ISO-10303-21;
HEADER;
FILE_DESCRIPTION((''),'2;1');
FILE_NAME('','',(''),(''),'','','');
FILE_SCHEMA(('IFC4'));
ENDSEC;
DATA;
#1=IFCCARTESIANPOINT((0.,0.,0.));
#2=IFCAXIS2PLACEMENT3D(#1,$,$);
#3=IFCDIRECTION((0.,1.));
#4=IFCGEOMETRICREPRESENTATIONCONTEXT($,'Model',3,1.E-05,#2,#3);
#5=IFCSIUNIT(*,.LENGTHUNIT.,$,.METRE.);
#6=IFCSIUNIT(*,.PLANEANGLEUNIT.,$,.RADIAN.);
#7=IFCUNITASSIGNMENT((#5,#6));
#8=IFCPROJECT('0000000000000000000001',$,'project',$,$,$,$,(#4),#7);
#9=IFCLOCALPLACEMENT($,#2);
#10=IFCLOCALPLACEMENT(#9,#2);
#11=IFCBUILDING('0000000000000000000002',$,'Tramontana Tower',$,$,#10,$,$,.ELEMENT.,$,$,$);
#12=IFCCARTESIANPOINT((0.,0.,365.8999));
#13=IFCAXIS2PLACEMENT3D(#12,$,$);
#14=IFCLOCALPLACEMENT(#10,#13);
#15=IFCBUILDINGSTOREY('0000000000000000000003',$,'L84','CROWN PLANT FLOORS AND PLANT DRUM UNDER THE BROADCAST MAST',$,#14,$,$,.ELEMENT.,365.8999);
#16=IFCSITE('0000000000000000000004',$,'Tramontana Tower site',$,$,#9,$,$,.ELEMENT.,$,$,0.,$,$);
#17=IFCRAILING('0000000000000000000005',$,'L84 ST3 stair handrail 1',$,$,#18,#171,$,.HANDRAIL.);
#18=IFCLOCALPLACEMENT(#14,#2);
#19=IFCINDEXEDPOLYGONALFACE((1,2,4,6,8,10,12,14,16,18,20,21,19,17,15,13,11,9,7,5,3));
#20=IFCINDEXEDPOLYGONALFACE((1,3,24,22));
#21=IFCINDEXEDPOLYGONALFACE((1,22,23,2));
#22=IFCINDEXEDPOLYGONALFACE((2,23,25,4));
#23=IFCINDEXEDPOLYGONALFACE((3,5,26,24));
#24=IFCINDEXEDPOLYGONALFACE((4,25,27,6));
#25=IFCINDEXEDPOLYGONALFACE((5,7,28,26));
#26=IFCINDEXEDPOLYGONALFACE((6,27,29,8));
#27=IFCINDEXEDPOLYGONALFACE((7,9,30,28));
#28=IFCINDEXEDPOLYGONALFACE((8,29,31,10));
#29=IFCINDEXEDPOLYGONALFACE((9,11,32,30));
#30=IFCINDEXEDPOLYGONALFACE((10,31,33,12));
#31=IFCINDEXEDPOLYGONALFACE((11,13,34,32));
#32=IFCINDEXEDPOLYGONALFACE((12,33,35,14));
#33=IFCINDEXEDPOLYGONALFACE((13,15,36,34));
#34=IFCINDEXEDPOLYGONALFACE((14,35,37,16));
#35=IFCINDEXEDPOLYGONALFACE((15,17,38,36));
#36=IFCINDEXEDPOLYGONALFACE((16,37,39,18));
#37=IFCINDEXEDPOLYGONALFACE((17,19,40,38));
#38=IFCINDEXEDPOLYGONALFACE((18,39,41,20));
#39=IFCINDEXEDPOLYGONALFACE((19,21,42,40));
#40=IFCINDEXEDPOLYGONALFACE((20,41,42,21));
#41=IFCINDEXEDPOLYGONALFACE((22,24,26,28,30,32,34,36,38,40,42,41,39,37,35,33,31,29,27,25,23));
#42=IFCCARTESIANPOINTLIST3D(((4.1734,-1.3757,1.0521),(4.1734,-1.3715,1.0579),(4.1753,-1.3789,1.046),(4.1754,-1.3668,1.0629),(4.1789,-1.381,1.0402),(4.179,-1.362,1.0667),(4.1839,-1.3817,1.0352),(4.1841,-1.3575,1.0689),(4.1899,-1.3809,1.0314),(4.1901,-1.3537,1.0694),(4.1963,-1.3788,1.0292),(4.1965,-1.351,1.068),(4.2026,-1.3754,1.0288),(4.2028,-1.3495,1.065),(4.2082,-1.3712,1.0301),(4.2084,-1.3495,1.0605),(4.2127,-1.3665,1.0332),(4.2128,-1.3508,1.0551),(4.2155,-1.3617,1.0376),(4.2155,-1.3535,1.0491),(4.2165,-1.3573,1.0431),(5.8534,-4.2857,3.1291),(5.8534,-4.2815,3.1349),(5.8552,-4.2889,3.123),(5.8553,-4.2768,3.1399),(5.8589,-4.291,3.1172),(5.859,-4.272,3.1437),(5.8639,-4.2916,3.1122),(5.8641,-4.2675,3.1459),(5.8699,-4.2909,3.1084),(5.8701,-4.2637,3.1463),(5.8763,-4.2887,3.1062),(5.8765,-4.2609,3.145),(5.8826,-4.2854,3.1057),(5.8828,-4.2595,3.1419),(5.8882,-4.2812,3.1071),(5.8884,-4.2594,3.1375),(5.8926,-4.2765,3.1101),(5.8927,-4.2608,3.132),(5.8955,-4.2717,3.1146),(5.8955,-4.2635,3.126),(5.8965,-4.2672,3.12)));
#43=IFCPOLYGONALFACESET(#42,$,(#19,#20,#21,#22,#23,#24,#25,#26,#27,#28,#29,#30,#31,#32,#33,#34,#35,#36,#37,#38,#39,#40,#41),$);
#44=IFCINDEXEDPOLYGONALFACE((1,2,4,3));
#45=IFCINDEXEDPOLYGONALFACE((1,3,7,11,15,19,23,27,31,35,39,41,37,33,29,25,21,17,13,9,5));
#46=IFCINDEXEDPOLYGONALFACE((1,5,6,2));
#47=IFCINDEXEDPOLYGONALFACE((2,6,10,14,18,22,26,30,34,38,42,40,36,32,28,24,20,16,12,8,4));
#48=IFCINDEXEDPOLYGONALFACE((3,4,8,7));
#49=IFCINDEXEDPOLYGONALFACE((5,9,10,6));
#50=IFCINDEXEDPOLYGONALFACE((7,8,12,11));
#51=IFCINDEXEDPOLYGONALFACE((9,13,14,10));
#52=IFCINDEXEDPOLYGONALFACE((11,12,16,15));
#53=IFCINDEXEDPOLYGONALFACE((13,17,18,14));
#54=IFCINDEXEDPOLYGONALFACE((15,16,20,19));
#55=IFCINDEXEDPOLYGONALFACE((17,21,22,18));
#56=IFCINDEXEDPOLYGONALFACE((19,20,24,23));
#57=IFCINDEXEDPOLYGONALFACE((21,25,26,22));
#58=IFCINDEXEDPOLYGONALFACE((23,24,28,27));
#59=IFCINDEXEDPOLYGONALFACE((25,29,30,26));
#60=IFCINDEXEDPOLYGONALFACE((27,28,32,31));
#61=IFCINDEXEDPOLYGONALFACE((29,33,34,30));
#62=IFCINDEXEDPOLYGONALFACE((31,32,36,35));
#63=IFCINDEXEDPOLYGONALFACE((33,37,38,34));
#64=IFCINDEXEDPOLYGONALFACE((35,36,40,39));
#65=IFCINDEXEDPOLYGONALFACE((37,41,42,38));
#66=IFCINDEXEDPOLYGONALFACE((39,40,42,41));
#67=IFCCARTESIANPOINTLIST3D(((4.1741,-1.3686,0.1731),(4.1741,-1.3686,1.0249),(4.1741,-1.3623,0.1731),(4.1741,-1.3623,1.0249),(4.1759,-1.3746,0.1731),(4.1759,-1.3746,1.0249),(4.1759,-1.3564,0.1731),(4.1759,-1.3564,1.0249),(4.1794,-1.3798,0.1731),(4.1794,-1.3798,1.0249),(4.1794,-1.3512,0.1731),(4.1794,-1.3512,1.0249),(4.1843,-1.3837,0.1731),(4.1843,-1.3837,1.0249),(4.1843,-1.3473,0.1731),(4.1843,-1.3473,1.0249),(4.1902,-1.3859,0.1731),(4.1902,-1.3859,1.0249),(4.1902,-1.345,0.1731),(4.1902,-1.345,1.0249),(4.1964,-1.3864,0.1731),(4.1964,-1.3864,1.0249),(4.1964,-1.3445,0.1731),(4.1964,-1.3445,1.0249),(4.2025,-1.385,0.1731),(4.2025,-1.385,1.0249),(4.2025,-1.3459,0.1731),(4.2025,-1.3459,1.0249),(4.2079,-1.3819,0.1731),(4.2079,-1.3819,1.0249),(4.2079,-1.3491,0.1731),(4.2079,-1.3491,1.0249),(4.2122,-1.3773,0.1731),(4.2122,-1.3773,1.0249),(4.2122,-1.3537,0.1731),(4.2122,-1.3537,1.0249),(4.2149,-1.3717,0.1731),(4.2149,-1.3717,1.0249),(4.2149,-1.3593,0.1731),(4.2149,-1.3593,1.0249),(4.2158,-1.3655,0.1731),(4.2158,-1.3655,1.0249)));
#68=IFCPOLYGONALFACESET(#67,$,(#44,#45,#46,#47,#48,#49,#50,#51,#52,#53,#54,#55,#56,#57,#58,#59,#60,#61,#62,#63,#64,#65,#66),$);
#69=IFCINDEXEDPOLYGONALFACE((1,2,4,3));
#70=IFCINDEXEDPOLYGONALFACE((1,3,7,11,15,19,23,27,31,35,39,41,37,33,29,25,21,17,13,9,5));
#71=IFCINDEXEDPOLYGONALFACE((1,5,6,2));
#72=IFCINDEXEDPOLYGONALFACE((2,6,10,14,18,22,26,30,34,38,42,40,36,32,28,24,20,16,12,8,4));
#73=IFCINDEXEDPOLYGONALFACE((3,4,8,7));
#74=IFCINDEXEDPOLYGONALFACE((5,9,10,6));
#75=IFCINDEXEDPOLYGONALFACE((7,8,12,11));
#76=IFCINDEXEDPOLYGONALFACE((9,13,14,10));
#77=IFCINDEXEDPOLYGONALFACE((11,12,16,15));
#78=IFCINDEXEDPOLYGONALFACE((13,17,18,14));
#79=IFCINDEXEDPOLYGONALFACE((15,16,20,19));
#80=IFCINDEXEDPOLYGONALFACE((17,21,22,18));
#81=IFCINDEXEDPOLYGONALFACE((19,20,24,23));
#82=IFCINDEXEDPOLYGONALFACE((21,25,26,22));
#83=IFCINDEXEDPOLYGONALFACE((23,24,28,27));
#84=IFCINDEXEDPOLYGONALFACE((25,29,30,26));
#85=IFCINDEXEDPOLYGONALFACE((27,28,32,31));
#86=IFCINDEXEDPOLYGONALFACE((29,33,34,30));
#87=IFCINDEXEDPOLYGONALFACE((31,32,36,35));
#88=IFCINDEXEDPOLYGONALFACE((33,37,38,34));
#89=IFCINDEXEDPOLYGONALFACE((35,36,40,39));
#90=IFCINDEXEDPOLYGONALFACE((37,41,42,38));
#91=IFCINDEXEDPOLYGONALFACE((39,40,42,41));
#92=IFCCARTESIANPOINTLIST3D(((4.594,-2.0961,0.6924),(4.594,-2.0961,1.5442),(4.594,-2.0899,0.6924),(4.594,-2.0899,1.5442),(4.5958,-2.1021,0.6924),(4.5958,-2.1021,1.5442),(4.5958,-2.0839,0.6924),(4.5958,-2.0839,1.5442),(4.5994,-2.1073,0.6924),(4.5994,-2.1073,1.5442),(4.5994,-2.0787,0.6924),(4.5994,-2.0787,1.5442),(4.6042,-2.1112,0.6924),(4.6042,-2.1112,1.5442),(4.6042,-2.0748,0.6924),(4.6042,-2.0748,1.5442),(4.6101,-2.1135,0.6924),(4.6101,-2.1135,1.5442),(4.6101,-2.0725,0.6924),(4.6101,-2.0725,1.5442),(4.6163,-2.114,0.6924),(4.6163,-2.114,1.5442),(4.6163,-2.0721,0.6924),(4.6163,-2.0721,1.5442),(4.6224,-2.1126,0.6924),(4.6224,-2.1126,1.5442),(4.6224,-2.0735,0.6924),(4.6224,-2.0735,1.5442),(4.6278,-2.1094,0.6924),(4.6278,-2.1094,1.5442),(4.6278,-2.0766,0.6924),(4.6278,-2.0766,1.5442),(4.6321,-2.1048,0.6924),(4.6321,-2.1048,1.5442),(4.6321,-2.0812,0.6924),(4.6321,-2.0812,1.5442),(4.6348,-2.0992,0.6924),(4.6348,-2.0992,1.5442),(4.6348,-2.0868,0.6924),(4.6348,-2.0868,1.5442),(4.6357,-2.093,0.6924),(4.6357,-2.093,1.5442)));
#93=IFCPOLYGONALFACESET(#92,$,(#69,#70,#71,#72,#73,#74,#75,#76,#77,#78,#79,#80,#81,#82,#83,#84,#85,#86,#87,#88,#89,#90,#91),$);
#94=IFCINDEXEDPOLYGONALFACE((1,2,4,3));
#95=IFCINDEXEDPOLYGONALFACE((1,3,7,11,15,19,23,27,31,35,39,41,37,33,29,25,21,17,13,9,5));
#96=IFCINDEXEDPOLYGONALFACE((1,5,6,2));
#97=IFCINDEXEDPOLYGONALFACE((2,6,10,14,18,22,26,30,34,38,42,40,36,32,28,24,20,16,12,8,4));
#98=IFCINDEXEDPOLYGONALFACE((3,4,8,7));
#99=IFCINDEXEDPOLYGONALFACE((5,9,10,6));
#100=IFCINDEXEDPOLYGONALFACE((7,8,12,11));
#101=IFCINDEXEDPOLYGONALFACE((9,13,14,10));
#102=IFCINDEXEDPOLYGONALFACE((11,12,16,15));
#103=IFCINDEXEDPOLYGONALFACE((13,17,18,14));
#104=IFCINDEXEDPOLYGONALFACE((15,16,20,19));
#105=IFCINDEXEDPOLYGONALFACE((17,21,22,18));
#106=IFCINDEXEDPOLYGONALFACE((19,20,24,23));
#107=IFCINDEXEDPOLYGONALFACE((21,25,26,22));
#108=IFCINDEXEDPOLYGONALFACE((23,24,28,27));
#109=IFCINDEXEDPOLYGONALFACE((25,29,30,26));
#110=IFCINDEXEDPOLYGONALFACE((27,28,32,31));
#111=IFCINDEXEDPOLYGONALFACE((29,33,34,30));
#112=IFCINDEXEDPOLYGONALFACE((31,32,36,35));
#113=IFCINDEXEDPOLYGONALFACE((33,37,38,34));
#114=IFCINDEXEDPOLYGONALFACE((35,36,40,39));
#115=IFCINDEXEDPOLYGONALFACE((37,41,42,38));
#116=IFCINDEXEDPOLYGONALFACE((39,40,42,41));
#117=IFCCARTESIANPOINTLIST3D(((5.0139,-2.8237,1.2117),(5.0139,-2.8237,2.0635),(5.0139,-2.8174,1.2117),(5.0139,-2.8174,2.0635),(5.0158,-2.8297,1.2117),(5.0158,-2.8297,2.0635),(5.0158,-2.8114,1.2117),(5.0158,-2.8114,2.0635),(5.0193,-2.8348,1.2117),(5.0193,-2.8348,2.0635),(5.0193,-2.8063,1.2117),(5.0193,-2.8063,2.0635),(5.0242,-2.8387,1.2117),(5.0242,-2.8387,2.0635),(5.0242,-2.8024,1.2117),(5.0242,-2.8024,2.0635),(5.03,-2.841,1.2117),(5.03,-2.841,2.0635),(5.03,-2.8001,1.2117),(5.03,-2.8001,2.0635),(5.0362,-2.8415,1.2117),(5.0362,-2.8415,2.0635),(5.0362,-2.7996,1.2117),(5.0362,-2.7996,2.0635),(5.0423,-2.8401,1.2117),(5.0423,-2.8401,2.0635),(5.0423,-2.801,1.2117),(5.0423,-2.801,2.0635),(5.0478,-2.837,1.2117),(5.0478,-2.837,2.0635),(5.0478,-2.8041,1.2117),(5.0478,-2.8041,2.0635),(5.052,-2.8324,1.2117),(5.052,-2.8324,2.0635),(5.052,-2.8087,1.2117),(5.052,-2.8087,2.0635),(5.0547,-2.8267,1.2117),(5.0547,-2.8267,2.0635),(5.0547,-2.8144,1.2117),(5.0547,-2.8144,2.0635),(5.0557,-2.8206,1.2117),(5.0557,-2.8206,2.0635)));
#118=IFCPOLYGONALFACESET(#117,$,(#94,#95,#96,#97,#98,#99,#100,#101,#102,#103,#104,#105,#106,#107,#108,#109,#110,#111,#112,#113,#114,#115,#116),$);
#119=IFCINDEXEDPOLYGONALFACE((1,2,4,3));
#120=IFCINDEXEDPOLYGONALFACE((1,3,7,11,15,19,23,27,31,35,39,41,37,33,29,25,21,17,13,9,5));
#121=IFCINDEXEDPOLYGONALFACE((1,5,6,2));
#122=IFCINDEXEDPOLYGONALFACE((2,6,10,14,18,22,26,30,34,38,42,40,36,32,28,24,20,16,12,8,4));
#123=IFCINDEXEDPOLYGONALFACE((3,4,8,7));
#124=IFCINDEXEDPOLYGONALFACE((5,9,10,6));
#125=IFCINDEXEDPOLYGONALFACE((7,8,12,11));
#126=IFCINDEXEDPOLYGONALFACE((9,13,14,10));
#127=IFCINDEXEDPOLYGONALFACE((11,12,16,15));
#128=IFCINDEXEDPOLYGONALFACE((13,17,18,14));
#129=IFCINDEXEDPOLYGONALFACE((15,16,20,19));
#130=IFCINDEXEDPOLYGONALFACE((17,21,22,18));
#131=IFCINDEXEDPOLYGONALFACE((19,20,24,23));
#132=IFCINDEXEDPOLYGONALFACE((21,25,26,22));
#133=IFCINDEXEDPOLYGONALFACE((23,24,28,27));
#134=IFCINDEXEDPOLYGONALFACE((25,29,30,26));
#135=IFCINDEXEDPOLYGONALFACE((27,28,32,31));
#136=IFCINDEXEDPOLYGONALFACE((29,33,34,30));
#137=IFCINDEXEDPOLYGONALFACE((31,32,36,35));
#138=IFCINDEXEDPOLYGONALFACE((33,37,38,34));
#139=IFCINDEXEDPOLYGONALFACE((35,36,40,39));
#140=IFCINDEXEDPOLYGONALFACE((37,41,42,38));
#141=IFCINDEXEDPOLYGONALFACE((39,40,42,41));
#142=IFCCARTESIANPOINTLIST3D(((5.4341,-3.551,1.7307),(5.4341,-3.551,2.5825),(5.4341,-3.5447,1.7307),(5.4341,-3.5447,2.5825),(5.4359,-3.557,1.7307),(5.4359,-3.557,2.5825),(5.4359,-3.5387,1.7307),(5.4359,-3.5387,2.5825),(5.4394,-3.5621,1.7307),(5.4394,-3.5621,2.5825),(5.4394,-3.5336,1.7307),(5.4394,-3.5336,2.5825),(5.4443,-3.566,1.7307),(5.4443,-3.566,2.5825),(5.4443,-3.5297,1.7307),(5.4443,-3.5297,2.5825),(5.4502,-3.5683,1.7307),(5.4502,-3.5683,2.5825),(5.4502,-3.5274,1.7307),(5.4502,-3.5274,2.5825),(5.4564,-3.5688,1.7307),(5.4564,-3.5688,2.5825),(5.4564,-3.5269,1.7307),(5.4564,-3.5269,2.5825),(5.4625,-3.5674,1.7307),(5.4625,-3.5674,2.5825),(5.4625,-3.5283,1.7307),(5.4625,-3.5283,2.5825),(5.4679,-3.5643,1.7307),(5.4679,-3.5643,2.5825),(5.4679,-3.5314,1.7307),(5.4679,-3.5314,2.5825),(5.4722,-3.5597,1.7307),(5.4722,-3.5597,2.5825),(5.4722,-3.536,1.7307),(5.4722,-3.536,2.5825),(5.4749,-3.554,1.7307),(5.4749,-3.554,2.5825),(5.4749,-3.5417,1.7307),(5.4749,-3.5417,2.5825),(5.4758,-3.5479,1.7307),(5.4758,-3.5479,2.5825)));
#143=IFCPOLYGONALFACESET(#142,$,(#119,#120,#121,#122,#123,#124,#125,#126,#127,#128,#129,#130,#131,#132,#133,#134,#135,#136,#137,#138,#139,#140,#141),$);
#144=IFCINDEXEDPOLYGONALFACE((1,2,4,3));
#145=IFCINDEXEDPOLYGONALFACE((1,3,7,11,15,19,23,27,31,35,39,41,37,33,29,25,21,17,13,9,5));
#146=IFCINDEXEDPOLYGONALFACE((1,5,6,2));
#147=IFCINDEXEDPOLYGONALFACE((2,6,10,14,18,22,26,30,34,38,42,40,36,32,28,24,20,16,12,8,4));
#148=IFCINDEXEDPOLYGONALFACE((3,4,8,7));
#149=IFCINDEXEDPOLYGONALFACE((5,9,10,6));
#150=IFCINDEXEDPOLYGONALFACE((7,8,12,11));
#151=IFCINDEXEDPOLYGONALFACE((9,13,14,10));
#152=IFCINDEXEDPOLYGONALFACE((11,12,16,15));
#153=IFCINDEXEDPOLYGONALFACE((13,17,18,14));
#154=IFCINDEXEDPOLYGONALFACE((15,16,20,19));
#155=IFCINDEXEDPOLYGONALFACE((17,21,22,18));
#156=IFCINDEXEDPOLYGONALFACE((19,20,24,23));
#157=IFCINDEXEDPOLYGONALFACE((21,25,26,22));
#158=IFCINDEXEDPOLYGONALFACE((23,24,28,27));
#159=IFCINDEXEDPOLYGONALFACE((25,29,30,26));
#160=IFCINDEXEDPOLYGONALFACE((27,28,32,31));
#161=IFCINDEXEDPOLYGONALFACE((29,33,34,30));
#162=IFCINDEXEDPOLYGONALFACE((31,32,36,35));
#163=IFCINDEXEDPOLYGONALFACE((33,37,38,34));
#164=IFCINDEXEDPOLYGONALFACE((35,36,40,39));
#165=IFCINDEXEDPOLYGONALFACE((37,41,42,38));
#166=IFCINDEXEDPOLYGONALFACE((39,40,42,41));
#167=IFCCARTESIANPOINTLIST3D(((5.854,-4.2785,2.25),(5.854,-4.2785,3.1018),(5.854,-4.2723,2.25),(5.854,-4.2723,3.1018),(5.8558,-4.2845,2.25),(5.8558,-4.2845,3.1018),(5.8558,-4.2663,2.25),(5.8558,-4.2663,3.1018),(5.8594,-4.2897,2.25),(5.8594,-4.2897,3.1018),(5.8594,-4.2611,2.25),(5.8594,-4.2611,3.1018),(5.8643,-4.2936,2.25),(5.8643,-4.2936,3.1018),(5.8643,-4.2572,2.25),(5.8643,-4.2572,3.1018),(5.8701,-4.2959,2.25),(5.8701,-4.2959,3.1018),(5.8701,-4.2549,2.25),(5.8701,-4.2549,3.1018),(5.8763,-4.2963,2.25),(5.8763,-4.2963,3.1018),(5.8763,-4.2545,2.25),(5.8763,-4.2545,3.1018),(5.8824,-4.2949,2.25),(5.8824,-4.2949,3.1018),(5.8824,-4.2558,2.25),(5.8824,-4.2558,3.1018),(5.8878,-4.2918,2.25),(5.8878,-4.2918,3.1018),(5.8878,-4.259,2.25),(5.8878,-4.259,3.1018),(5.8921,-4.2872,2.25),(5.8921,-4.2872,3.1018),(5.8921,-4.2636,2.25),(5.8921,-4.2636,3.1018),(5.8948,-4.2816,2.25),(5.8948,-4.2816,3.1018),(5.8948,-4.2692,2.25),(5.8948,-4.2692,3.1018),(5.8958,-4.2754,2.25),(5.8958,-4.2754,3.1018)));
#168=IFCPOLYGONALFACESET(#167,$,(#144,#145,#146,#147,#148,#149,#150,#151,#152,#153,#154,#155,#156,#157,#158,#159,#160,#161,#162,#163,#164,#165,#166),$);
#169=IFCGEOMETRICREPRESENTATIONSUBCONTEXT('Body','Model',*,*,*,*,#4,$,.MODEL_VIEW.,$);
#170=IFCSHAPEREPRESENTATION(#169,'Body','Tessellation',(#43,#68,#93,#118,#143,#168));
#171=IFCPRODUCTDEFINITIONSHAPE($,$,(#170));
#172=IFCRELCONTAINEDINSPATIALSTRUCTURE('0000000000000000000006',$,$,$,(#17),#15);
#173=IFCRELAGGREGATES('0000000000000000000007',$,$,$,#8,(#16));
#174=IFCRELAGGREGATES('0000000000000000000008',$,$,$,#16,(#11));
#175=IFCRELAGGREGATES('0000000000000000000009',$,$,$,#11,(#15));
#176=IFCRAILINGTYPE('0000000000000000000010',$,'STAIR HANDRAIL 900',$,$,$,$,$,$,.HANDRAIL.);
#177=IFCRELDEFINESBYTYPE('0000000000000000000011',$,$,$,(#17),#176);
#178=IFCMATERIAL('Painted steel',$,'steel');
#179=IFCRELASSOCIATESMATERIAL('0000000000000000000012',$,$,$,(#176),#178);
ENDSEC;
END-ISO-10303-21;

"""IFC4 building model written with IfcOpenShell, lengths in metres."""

from ifc_helpers import new_model, si_unit, direction, frame, origin, origin_2d, place, context, subcontext, project, spatial, circle, extrude, material, type_object, element, save


model = new_model("IFC4")

# Units and contexts
model_context = context("Model", 3, precision=1e-05, world=origin(), true_north=direction((0.0, 1.0)))
body_context = subcontext(model_context, "Body", "Model", "MODEL_VIEW")
ifc_project = project(units=[si_unit("LENGTHUNIT", "METRE"), si_unit("PLANEANGLEUNIT", "RADIAN")], contexts=[model_context])

# Site, building, storey
site_placement = place(None, origin())
site = spatial("IfcSite", under=ifc_project, at=site_placement, Name="Tramontana Tower site", CompositionType="ELEMENT", RefElevation=0.0)
building_placement = place(site_placement, origin())
building = spatial("IfcBuilding", under=site, at=building_placement, Name="Tramontana Tower", CompositionType="ELEMENT")
storey_placement = place(building_placement, frame((0.0, 0.0, 365.8999)))
storey = spatial("IfcBuildingStorey", under=building, at=storey_placement, Name="L84", Description="CROWN PLANT FLOORS AND PLANT DRUM UNDER THE BROADCAST MAST", CompositionType="ELEMENT", Elevation=365.8999)

# Railing
ifc_material_1 = material(Name="Painted steel", Category="steel")
railing_type_1 = type_object("IfcRailingType", Name="STAIR HANDRAIL 900", PredefinedType="HANDRAIL", material=ifc_material_1)
railing_1_placement = place(storey_placement, frame((4.1948, -1.3655, 0.1731)))
element("IfcRailing", 1, at=railing_1_placement, inside=storey, type_object=railing_type_1, Name="L84 ST3 stair handrail 1", PredefinedType="HANDRAIL", context=body_context, shape_type="SweptSolid", body=[
    extrude(circle(Radius=0.0239, at=origin_2d()), frame((0.0, 0.0, 0.876), z_axis=(0.425288, -0.736668, 0.525785), x_axis=(0.866039, 0.499976, 0.0)), (0.0, 0.0, 1.0), 3.9502),
    extrude(circle(Radius=0.021, at=origin_2d()), origin(), (0.0, 0.0, 1.0), 0.8518),
    extrude(circle(Radius=0.021, at=origin_2d()), frame((0.4199, -0.7275, 0.5193)), (0.0, 0.0, 1.0), 0.8518),
    extrude(circle(Radius=0.021, at=origin_2d()), frame((0.8398, -1.4551, 1.0386)), (0.0, 0.0, 1.0), 0.8518),
    extrude(circle(Radius=0.021, at=origin_2d()), frame((1.26, -2.1824, 1.5576)), (0.0, 0.0, 1.0), 0.8518),
    extrude(circle(Radius=0.021, at=origin_2d()), frame((1.6799, -2.9099, 2.0769)), (0.0, 0.0, 1.0), 0.8518),
])

save(model, "model.ifc")
